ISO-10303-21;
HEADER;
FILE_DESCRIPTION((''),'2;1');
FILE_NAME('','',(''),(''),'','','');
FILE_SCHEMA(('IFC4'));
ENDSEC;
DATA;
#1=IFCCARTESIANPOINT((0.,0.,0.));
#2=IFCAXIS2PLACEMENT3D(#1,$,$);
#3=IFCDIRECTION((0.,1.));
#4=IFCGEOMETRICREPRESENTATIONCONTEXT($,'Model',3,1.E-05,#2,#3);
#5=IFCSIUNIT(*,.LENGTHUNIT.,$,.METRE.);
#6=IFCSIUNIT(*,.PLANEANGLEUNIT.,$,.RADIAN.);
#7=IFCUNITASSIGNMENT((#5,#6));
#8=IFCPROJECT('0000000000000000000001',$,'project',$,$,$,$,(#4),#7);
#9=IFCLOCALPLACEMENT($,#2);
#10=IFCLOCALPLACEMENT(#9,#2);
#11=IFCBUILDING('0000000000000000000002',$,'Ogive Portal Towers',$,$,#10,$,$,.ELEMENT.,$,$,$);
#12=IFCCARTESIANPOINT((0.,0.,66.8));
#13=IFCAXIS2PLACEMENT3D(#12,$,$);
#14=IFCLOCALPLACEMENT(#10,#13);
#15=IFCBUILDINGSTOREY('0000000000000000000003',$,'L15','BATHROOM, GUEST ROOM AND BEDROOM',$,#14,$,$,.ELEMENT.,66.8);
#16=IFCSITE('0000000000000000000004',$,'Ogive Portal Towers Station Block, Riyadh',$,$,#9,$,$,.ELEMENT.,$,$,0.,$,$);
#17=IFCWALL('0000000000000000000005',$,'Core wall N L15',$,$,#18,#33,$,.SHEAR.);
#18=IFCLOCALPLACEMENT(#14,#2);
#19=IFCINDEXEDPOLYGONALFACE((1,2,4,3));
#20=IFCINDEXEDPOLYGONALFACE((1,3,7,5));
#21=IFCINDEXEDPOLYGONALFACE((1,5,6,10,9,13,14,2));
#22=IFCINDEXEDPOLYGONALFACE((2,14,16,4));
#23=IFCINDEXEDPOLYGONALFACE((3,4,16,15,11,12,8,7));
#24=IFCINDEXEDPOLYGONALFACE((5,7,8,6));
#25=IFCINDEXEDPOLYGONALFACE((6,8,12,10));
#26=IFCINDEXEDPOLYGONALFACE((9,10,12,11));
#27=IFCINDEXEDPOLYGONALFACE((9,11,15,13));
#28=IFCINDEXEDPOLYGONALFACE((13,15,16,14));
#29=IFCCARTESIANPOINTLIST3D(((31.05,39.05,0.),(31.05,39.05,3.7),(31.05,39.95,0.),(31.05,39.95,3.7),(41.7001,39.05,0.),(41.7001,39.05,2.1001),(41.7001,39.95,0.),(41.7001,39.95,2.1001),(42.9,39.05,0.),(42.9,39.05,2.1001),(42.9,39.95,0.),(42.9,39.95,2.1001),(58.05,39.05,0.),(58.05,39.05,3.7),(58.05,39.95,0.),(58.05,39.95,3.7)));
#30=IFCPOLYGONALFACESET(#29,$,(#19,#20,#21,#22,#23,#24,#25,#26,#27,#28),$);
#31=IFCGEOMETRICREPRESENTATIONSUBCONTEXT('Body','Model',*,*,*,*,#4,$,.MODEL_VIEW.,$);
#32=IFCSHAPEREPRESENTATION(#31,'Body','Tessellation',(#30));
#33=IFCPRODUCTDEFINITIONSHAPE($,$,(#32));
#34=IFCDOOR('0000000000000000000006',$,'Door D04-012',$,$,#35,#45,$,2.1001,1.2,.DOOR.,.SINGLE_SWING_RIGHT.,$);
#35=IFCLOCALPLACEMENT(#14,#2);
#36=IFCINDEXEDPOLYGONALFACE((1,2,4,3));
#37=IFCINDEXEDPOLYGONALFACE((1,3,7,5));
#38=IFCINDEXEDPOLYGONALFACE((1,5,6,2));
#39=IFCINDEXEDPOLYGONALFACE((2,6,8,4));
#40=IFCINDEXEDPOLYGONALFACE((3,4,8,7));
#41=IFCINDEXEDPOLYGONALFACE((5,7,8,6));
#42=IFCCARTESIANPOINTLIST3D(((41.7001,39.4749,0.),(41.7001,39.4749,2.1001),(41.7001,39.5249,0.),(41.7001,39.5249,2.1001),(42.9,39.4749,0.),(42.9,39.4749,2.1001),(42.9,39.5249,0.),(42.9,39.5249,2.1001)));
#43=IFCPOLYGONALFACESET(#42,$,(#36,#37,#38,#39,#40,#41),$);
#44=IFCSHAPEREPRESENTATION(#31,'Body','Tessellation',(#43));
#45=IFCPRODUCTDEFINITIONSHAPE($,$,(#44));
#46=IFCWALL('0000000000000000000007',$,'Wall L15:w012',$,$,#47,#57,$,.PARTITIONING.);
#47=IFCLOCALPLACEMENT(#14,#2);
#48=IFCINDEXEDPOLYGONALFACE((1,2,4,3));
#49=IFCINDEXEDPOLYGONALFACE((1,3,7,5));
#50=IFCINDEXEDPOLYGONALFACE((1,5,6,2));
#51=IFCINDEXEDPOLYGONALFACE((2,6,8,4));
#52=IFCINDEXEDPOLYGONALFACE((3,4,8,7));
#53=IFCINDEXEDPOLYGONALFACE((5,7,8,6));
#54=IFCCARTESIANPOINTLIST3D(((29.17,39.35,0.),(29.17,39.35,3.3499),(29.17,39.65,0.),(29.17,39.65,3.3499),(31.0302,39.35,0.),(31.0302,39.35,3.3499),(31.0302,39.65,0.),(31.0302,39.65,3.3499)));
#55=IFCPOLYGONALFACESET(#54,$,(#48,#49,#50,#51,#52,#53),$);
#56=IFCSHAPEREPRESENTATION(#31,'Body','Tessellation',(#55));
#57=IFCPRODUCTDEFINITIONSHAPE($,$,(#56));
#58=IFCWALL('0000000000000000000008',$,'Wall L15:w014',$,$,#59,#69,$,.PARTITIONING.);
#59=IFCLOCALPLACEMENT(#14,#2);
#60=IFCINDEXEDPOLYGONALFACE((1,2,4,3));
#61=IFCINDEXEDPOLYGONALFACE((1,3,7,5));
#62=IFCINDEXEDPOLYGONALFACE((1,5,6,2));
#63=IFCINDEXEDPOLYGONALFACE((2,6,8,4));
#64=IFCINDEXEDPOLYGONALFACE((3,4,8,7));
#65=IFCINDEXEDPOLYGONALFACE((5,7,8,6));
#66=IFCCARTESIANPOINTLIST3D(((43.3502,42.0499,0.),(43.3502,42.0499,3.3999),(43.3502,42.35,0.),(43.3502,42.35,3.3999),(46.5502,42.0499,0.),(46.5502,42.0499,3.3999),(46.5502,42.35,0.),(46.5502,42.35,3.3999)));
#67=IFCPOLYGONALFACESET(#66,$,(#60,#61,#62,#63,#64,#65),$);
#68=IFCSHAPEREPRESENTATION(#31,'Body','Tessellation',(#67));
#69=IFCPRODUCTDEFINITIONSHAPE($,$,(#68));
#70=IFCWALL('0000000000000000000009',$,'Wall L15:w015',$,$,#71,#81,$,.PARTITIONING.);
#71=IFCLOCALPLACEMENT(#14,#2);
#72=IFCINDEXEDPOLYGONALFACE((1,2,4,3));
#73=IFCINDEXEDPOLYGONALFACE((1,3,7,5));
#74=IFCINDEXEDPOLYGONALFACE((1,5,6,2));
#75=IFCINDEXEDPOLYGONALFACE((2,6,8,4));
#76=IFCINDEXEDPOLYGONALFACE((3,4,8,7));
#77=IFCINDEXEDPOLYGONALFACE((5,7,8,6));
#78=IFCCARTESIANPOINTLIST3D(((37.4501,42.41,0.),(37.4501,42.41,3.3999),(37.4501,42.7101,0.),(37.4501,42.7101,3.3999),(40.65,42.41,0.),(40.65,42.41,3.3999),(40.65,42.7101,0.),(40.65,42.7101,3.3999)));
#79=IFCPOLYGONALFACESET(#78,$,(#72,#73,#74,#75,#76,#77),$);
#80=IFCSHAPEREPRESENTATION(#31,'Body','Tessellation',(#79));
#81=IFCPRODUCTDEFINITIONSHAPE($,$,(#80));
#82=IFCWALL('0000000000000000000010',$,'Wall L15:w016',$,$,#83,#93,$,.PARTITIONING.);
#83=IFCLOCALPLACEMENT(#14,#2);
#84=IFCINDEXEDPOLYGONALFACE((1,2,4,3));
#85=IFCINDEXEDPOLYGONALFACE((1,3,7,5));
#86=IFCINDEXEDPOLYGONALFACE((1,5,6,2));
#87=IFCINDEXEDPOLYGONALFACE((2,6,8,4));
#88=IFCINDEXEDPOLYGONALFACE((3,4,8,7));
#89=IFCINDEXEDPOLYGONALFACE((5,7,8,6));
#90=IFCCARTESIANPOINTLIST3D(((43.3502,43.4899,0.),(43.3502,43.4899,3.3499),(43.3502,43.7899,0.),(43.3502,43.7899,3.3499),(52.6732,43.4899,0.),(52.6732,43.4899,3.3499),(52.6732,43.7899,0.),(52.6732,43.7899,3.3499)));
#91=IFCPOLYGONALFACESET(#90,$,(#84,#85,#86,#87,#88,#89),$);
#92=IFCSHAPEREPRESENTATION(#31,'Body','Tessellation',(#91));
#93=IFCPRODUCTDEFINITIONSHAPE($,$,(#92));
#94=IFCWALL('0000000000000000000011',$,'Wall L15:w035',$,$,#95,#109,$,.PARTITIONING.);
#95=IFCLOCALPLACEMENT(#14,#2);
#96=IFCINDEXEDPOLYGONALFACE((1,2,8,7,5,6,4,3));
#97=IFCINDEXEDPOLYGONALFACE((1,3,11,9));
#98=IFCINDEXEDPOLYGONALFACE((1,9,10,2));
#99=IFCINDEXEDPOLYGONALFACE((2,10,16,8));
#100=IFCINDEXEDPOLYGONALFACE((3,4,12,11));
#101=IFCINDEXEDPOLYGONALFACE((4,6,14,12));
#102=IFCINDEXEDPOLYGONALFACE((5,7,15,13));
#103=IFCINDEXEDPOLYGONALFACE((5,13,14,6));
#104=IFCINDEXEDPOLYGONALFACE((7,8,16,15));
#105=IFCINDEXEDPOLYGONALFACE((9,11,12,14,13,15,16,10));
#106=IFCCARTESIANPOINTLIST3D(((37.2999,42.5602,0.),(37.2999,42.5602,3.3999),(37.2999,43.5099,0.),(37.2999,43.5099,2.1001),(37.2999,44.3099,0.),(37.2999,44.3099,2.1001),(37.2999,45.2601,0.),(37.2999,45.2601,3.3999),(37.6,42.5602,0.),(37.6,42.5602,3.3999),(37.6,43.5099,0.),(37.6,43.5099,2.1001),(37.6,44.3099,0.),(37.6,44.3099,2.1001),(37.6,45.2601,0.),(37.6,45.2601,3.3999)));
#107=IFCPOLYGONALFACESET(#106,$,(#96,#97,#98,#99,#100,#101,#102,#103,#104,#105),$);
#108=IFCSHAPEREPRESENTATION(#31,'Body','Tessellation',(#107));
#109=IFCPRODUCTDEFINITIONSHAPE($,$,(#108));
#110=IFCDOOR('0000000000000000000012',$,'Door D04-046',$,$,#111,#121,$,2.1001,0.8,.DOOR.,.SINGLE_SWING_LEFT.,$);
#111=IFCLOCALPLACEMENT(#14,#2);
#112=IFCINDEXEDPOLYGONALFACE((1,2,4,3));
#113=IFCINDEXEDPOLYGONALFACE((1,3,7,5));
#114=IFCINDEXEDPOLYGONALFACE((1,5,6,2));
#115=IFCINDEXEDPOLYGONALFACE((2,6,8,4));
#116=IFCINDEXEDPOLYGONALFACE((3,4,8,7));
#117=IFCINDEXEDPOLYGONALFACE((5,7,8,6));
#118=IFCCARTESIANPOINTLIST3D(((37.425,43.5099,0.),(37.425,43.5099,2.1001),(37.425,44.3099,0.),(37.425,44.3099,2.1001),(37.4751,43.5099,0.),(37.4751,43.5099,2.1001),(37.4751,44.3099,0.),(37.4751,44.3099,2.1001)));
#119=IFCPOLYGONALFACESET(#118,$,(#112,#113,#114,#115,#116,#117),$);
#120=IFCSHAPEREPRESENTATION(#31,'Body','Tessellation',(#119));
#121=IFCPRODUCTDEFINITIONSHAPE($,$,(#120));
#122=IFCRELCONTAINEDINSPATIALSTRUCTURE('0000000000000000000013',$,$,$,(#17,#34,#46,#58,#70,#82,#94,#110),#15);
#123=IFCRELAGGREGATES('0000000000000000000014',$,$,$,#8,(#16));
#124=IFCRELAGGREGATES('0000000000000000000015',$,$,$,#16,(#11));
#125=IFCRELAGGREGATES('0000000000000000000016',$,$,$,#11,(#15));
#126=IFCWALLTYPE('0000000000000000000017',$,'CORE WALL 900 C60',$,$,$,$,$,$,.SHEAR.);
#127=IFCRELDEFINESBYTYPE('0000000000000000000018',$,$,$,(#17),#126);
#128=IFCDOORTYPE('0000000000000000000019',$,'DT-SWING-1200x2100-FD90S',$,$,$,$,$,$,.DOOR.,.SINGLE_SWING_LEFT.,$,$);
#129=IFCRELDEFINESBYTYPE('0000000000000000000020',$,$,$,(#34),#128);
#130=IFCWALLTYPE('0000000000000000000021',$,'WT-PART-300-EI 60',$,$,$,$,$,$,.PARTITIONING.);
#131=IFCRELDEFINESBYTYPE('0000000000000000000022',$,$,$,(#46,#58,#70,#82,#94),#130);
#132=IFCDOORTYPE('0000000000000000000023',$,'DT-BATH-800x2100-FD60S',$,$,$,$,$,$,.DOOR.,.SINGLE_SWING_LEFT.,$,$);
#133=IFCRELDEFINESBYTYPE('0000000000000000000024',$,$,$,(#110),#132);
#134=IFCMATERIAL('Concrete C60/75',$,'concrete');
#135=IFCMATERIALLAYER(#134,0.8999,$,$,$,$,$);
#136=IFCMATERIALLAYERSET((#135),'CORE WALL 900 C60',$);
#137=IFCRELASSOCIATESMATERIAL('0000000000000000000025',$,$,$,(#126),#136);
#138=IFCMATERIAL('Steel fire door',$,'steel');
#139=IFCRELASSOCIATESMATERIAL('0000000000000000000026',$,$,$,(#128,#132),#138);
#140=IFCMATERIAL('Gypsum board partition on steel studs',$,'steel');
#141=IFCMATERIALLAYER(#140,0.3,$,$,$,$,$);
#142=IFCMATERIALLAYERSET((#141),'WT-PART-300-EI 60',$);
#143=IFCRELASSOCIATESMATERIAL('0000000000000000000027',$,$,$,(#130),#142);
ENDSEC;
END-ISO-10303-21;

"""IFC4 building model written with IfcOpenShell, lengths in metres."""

from ifc_helpers import new_model, si_unit, direction, frame, frame_2d, origin, place, context, subcontext, project, spatial, rectangle, extrude, material, layer, layer_set, type_object, element, fill, save


model = new_model("IFC4")

# Units and contexts
model_context = context("Model", 3, precision=1e-05, world=origin(), true_north=direction((0.0, 1.0)))
body_context = subcontext(model_context, "Body", "Model", "MODEL_VIEW")
ifc_project = project(units=[si_unit("LENGTHUNIT", "METRE"), si_unit("PLANEANGLEUNIT", "RADIAN")], contexts=[model_context])

# Site, building, storey
site_placement = place(None, origin())
site = spatial("IfcSite", under=ifc_project, at=site_placement, Name="Ogive Portal Towers Station Block, Riyadh", CompositionType="ELEMENT", RefElevation=0.0)
building_placement = place(site_placement, origin())
building = spatial("IfcBuilding", under=site, at=building_placement, Name="Ogive Portal Towers", CompositionType="ELEMENT")
storey_placement = place(building_placement, frame((0.0, 0.0, 66.8)))
storey = spatial("IfcBuildingStorey", under=building, at=storey_placement, Name="L15", Description="BATHROOM, GUEST ROOM AND BEDROOM", CompositionType="ELEMENT", Elevation=66.8)

# Wall, opening, door
ifc_material_1 = material(Name="Concrete C60/75", Category="concrete")
ifc_layer_1 = layer(ifc_material_1, 0.8999)
ifc_layer_set_1 = layer_set([ifc_layer_1], Name="CORE WALL 900 C60")
wall_type_1 = type_object("IfcWallType", Name="CORE WALL 900 C60", PredefinedType="SHEAR", material=ifc_layer_set_1)
wall_1_placement = place(storey_placement, frame((31.05, 39.5, 0.0), z_axis=(0.0, 0.0, 1.0), x_axis=(1.0, 0.0, 0.0)))
wall_1 = element("IfcWall", 1, at=wall_1_placement, inside=storey, type_object=wall_type_1, Name="Core wall N L15", PredefinedType="SHEAR", context=body_context, shape_type="SweptSolid", body=[
    extrude(rectangle(XDim=27.0, YDim=0.8999, at=frame_2d((13.5, 0.0))), origin(), (0.0, 0.0, 1.0), 3.7),
])
opening_1_placement = place(wall_1_placement, frame((10.6499, 0.0, 0.0)))
opening_1 = element("IfcOpeningElement", 2, at=opening_1_placement, cuts=wall_1, PredefinedType="OPENING", context=body_context, shape_type="SweptSolid", body=[
    extrude(rectangle(XDim=1.2, YDim=2.1001, at=frame_2d((0.6001, 1.05))), frame((0.0, 0.46, 0.0), z_axis=(0.0, -1.0, 0.0), x_axis=(1.0, 0.0, 0.0)), (0.0, 0.0, 1.0), 0.9199),
])
ifc_material_2 = material(Name="Steel fire door", Category="steel")
door_type_1 = type_object("IfcDoorType", Name="DT-SWING-1200x2100-FD90S", OperationType="SINGLE_SWING_LEFT", PredefinedType="DOOR", material=ifc_material_2)
door_1_placement = place(opening_1_placement, origin())
door_1 = element("IfcDoor", 3, at=door_1_placement, inside=storey, type_object=door_type_1, Name="Door D04-012", OperationType="SINGLE_SWING_RIGHT", OverallHeight=2.1001, OverallWidth=1.2, PredefinedType="DOOR", context=body_context, shape_type="SweptSolid", body=[
    extrude(rectangle(XDim=1.2, YDim=2.1001, at=frame_2d((0.6001, 1.05))), frame((0.0, 0.0249, 0.0), z_axis=(0.0, -1.0, 0.0), x_axis=(1.0, 0.0, 0.0)), (0.0, 0.0, 1.0), 0.05),
])
fill(opening_1, door_1)

# Walls
ifc_material_3 = material(Name="Gypsum board partition on steel studs", Category="steel")
ifc_layer_2 = layer(ifc_material_3, 0.3)
ifc_layer_set_2 = layer_set([ifc_layer_2], Name="WT-PART-300-EI 60")
wall_type_2 = type_object("IfcWallType", Name="WT-PART-300-EI 60", PredefinedType="PARTITIONING", material=ifc_layer_set_2)
wall_2_placement = place(storey_placement, frame((29.1699, 39.5, 0.0), z_axis=(0.0, 0.0, 1.0), x_axis=(1.0, 0.0, 0.0)))
element("IfcWall", 4, at=wall_2_placement, inside=storey, type_object=wall_type_2, Name="Wall L15:w012", PredefinedType="PARTITIONING", context=body_context, shape_type="SweptSolid", body=[
    extrude(rectangle(XDim=1.8601, YDim=0.3, at=frame_2d((0.9302, 0.0))), origin(), (0.0, 0.0, 1.0), 3.3499),
])
for number, where, z_axis, x_axis, name in (
    (5, (43.3501, 42.2, 0.0), (0.0, 0.0, 1.0), (1.0, 0.0, 0.0), "Wall L15:w014"),
    (6, (37.45, 42.5601, 0.0), (0.0, 0.0, 1.0), (1.0, 0.0, 0.0), "Wall L15:w015"),
):
    element("IfcWall", number, at=place(storey_placement, frame(where, z_axis=z_axis, x_axis=x_axis)), inside=storey, type_object=wall_type_2, Name=name, PredefinedType="PARTITIONING", context=body_context, shape_type="SweptSolid", body=[
        extrude(rectangle(XDim=3.2, YDim=0.3, at=frame_2d((1.6001, 0.0))), origin(), (0.0, 0.0, 1.0), 3.3999),
    ])
wall_3_placement = place(storey_placement, frame((43.3501, 43.6399, 0.0), z_axis=(0.0, 0.0, 1.0), x_axis=(1.0, 0.0, 0.0)))
element("IfcWall", 7, at=wall_3_placement, inside=storey, type_object=wall_type_2, Name="Wall L15:w016", PredefinedType="PARTITIONING", context=body_context, shape_type="SweptSolid", body=[
    extrude(rectangle(XDim=9.323, YDim=0.3, at=frame_2d((4.6616, 0.0))), origin(), (0.0, 0.0, 1.0), 3.3499),
])

# Wall, opening, door
wall_4_placement = place(storey_placement, frame((37.45, 42.5601, 0.0), z_axis=(0.0, 0.0, 1.0), x_axis=(0.0, 1.0, 0.0)))
wall_4 = element("IfcWall", 8, at=wall_4_placement, inside=storey, type_object=wall_type_2, Name="Wall L15:w035", PredefinedType="PARTITIONING", context=body_context, shape_type="SweptSolid", body=[
    extrude(rectangle(XDim=2.7, YDim=0.3, at=frame_2d((1.3501, 0.0))), origin(), (0.0, 0.0, 1.0), 3.3999),
])
opening_2_placement = place(wall_4_placement, frame((0.95, 0.0, 0.0)))
opening_2 = element("IfcOpeningElement", 9, at=opening_2_placement, cuts=wall_4, PredefinedType="OPENING", context=body_context, shape_type="SweptSolid", body=[
    extrude(rectangle(XDim=0.8, YDim=2.1001, at=frame_2d((0.3999, 1.05))), frame((0.0, 0.1602, 0.0), z_axis=(0.0, -1.0, 0.0), x_axis=(1.0, 0.0, 0.0)), (0.0, 0.0, 1.0), 0.3201),
])
door_type_2 = type_object("IfcDoorType", Name="DT-BATH-800x2100-FD60S", OperationType="SINGLE_SWING_LEFT", PredefinedType="DOOR", material=ifc_material_2)
door_2_placement = place(opening_2_placement, origin())
door_2 = element("IfcDoor", 10, at=door_2_placement, inside=storey, type_object=door_type_2, Name="Door D04-046", OperationType="SINGLE_SWING_LEFT", OverallHeight=2.1001, OverallWidth=0.8, PredefinedType="DOOR", context=body_context, shape_type="SweptSolid", body=[
    extrude(rectangle(XDim=0.8, YDim=2.1001, at=frame_2d((0.3999, 1.05))), frame((0.0, 0.0249, 0.0), z_axis=(0.0, -1.0, 0.0), x_axis=(1.0, 0.0, 0.0)), (0.0, 0.0, 1.0), 0.05),
])
fill(opening_2, door_2)

save(model, "model.ifc")
